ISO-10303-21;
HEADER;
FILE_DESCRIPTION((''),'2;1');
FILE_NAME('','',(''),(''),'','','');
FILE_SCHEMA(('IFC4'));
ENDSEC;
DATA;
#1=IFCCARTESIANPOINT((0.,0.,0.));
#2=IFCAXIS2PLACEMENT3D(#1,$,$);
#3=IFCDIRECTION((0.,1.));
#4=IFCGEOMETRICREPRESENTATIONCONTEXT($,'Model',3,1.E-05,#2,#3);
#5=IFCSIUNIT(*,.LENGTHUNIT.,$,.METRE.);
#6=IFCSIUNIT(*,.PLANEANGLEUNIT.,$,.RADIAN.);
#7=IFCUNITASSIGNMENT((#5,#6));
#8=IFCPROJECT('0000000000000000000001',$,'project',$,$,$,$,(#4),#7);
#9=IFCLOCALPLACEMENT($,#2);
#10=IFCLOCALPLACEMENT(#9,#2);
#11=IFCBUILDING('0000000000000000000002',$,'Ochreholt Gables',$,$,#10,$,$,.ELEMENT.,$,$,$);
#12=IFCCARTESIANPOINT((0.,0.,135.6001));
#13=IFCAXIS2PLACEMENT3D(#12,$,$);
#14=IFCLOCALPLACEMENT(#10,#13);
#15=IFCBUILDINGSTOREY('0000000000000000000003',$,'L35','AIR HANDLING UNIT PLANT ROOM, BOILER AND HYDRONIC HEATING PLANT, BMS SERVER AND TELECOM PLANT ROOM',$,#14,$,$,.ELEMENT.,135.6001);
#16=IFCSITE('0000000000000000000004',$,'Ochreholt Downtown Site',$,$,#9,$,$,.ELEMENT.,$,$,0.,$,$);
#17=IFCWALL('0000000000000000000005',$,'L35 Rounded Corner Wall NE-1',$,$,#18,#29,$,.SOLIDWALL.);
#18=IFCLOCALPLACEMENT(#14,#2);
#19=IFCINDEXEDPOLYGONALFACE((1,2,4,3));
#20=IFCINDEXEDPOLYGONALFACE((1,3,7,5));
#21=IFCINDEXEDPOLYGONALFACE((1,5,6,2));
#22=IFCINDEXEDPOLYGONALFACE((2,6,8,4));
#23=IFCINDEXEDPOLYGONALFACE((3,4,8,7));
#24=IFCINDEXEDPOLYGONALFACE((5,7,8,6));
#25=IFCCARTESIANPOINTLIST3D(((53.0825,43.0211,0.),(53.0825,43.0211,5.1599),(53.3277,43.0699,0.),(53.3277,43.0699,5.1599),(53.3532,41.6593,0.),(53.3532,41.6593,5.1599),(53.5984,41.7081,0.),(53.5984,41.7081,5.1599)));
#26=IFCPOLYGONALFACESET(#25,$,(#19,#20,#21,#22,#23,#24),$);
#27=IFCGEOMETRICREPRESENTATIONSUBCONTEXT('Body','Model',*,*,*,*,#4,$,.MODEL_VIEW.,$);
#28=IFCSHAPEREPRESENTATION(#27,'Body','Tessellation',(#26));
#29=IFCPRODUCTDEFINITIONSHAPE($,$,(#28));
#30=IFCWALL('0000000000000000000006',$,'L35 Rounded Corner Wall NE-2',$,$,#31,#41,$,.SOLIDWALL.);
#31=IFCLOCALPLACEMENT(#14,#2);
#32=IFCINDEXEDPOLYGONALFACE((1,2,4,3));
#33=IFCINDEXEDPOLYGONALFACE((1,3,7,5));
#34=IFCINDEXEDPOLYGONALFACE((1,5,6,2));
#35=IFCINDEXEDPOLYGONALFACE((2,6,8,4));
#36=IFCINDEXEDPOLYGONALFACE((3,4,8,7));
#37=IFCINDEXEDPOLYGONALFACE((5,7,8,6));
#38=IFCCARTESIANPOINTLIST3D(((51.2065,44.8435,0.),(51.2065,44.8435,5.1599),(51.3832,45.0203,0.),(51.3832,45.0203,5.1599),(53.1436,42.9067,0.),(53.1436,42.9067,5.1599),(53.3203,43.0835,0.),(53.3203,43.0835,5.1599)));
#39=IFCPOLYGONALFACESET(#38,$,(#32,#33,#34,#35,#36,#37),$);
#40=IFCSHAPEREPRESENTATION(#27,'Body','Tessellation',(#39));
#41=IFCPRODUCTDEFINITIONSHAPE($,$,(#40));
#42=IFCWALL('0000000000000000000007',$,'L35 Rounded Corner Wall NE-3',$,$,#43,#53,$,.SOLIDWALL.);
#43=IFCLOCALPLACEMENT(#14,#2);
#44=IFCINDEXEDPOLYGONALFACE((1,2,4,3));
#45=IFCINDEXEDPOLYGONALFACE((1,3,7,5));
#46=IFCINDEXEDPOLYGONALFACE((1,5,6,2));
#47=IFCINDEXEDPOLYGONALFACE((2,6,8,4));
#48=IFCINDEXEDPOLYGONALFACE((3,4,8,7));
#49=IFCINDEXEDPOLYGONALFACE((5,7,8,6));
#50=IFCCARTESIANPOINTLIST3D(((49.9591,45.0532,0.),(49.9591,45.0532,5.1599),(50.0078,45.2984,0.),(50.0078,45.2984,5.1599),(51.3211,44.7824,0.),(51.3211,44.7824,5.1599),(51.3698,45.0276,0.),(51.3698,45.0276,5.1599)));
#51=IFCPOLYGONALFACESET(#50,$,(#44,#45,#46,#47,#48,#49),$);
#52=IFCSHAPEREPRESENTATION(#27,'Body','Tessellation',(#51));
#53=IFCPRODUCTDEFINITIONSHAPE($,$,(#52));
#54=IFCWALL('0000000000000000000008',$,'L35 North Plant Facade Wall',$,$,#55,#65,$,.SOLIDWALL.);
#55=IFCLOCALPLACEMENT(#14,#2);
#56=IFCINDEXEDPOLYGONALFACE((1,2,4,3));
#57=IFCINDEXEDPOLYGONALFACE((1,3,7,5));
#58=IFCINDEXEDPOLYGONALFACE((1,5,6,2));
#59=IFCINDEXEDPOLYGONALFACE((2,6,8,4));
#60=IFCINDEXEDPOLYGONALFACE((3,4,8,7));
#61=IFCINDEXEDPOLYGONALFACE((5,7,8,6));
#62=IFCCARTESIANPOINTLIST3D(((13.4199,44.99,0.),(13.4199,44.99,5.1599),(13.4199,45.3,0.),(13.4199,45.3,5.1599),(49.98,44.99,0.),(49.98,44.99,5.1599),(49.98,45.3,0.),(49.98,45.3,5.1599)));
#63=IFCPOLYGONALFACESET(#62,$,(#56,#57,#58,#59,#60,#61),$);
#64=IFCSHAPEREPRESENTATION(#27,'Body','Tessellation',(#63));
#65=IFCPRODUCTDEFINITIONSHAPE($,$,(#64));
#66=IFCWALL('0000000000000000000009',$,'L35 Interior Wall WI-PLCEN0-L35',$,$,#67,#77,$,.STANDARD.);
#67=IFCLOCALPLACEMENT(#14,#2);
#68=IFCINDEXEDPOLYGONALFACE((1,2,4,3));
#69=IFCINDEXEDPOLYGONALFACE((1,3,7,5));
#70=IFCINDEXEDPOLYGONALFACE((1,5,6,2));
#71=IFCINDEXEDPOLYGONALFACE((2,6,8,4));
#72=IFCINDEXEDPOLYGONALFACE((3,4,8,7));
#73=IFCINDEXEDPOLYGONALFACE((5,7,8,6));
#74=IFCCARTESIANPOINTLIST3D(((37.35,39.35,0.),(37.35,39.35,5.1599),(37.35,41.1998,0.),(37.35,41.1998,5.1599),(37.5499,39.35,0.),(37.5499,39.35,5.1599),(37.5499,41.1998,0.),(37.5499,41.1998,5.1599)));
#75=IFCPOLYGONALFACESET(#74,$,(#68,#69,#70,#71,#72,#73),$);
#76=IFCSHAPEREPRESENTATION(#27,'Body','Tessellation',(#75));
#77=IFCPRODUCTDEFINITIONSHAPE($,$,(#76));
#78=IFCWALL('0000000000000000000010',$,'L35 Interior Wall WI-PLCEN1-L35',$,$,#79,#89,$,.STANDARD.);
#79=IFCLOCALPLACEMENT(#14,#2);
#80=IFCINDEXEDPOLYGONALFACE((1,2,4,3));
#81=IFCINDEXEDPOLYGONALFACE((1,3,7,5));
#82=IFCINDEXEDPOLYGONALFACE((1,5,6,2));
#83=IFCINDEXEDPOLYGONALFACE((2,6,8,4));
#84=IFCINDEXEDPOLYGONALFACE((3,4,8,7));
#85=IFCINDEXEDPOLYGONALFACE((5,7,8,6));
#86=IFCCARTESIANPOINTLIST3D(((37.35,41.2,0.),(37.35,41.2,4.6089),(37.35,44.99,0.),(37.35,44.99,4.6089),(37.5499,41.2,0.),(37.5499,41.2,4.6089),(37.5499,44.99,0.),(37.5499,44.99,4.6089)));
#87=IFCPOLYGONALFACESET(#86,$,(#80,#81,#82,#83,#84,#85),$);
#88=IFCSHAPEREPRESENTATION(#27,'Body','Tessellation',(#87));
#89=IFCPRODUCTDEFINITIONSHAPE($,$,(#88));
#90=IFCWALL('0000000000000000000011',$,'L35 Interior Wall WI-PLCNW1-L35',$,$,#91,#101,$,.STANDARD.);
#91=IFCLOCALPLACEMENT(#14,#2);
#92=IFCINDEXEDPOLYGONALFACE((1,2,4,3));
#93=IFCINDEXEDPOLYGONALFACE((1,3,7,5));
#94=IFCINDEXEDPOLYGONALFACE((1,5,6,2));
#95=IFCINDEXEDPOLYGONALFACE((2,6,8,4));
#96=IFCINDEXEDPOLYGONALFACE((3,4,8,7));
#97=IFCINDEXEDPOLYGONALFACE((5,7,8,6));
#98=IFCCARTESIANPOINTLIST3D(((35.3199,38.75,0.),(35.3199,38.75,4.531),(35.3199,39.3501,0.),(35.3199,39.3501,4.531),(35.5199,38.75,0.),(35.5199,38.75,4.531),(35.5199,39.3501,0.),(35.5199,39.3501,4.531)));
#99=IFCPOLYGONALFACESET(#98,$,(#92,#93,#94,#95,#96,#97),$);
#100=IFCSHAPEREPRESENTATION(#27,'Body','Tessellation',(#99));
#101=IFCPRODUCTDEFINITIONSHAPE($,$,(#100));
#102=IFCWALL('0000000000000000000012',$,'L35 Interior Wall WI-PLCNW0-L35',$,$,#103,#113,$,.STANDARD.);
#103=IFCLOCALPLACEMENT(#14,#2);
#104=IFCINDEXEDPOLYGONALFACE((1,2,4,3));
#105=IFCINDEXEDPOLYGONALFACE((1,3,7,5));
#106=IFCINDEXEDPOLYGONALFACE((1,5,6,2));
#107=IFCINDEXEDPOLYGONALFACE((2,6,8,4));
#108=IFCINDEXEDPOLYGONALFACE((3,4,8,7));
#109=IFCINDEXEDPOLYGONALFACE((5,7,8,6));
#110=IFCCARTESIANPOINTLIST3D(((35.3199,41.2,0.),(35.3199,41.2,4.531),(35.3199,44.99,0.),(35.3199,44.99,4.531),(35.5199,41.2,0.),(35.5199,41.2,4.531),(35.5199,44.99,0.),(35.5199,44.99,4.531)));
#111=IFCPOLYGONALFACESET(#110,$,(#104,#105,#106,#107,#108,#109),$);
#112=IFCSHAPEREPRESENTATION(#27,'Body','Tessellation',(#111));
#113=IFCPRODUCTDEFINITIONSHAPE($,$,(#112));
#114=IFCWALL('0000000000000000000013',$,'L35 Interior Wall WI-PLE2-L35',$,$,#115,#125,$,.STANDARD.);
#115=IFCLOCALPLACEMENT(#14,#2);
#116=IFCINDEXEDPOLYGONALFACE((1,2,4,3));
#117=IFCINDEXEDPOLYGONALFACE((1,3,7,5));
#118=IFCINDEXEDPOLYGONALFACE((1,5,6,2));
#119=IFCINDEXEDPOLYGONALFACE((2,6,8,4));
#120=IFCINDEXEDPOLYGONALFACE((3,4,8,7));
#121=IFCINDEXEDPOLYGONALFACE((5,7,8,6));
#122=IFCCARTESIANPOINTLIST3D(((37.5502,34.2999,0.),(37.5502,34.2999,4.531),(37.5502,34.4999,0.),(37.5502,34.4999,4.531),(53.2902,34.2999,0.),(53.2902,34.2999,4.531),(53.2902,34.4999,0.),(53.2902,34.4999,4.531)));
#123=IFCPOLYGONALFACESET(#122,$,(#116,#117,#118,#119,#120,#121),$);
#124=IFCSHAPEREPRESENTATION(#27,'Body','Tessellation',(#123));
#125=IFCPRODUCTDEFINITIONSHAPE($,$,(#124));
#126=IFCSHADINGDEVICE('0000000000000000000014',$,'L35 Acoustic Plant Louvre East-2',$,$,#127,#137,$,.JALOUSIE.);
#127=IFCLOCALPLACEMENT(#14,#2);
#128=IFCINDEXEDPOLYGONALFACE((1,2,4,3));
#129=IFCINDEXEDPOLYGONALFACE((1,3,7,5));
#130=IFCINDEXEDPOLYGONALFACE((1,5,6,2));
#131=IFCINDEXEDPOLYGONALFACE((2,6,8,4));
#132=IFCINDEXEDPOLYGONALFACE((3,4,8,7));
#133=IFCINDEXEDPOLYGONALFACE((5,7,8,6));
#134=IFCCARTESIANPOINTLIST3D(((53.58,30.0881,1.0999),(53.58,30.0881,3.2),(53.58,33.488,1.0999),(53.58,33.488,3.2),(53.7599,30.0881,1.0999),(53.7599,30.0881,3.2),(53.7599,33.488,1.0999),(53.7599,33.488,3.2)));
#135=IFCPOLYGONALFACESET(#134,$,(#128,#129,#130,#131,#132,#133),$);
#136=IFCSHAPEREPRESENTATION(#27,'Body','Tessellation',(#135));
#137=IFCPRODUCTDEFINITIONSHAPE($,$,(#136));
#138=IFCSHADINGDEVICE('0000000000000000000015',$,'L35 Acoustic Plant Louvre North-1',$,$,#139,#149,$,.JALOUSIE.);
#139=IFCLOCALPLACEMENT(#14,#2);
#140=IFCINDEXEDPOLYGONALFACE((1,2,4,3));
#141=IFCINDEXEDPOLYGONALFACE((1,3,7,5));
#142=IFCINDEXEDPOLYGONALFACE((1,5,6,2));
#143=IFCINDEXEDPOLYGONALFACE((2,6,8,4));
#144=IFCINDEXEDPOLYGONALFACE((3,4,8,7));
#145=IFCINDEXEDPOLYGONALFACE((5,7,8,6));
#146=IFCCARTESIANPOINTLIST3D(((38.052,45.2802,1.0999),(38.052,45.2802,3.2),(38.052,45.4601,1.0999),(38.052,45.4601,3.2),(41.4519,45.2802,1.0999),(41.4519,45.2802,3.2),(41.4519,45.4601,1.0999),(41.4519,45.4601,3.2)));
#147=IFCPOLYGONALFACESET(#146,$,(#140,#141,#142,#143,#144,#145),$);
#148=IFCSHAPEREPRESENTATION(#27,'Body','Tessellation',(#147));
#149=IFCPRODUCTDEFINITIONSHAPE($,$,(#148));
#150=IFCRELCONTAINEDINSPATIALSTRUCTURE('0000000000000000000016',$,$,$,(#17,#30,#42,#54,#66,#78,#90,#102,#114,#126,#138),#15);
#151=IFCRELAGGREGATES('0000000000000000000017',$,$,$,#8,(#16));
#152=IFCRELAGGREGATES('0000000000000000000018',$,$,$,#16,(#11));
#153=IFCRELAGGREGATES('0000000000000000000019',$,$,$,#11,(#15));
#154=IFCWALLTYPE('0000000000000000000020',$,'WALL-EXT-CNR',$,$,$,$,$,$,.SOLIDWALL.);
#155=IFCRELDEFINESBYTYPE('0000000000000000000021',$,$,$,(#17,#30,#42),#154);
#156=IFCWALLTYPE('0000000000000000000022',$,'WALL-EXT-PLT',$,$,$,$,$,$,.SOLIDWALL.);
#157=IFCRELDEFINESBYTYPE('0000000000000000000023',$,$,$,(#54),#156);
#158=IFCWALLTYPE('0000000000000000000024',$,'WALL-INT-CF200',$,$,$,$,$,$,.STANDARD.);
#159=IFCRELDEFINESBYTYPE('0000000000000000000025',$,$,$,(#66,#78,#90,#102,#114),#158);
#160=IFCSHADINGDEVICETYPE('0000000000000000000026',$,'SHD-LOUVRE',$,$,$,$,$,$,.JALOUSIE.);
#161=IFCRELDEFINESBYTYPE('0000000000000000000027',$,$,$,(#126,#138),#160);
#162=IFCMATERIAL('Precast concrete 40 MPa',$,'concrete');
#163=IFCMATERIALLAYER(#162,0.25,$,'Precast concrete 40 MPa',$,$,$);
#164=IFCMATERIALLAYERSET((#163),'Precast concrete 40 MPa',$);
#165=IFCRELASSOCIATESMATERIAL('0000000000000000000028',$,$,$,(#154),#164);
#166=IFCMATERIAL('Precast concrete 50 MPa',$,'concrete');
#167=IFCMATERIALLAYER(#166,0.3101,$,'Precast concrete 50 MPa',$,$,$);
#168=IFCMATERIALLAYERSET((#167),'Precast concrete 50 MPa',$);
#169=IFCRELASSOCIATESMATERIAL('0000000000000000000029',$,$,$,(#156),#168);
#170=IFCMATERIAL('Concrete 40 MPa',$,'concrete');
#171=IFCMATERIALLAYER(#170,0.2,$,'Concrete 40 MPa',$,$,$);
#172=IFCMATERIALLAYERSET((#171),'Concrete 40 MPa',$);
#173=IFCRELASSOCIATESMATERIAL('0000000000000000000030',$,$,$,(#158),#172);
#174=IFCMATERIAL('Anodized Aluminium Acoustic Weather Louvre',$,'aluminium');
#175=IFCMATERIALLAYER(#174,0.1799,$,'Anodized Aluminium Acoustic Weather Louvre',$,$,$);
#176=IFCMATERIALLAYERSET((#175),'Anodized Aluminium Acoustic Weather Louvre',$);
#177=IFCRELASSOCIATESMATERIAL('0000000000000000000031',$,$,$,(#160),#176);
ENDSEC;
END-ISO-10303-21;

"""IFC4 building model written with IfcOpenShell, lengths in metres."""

from ifc_helpers import new_model, si_unit, direction, frame, frame_2d, origin, origin_2d, place, context, subcontext, project, spatial, rectangle, extrude, material, layer, layer_set, type_object, element, save


model = new_model("IFC4")

# Units and contexts
model_context = context("Model", 3, precision=1e-05, world=origin(), true_north=direction((0.0, 1.0)))
body_context = subcontext(model_context, "Body", "Model", "MODEL_VIEW")
ifc_project = project(units=[si_unit("LENGTHUNIT", "METRE"), si_unit("PLANEANGLEUNIT", "RADIAN")], contexts=[model_context])

# Site, building, storey
site_placement = place(None, origin())
site = spatial("IfcSite", under=ifc_project, at=site_placement, Name="Ochreholt Downtown Site", CompositionType="ELEMENT", RefElevation=0.0)
building_placement = place(site_placement, origin())
building = spatial("IfcBuilding", under=site, at=building_placement, Name="Ochreholt Gables", CompositionType="ELEMENT")
storey_placement = place(building_placement, frame((0.0, 0.0, 135.6001)))
storey = spatial("IfcBuildingStorey", under=building, at=storey_placement, Name="L35", Description="AIR HANDLING UNIT PLANT ROOM, BOILER AND HYDRONIC HEATING PLANT, BMS SERVER AND TELECOM PLANT ROOM", CompositionType="ELEMENT", Elevation=135.6001)

# Walls
ifc_material_1 = material(Name="Precast concrete 40 MPa", Category="concrete")
ifc_layer_1 = layer(ifc_material_1, 0.25, Name="Precast concrete 40 MPa")
ifc_layer_set_1 = layer_set([ifc_layer_1], Name="Precast concrete 40 MPa")
wall_type_1 = type_object("IfcWallType", Name="WALL-EXT-CNR", PredefinedType="SOLIDWALL", material=ifc_layer_set_1)
wall_1_placement = place(storey_placement, frame((53.4758, 41.6836, 0.0), z_axis=(0.0, 0.0, 1.0), x_axis=(-0.195, 0.980803, 0.0)))
element("IfcWall", 1, at=wall_1_placement, inside=storey, type_object=wall_type_1, Name="L35 Rounded Corner Wall NE-1", PredefinedType="SOLIDWALL", context=body_context, shape_type="SweptSolid", body=[
    extrude(rectangle(XDim=1.3884, YDim=0.25, at=frame_2d((0.6943, 0.0))), origin(), (0.0, 0.0, 1.0), 5.1599),
])
wall_2_placement = place(storey_placement, frame((53.2319, 42.9951, 0.0), z_axis=(0.0, 0.0, 1.0), x_axis=(-0.707151, 0.707062, 0.0)))
element("IfcWall", 2, at=wall_2_placement, inside=storey, type_object=wall_type_1, Name="L35 Rounded Corner Wall NE-2", PredefinedType="SOLIDWALL", context=body_context, shape_type="SweptSolid", body=[
    extrude(rectangle(XDim=2.7393, YDim=0.25, at=frame_2d((1.3696, 0.0))), origin(), (0.0, 0.0, 1.0), 5.1599),
])
wall_3_placement = place(storey_placement, frame((51.3455, 44.905, 0.0), z_axis=(0.0, 0.0, 1.0), x_axis=(-0.98081, 0.194967, 0.0)))
element("IfcWall", 3, at=wall_3_placement, inside=storey, type_object=wall_type_1, Name="L35 Rounded Corner Wall NE-3", PredefinedType="SOLIDWALL", context=body_context, shape_type="SweptSolid", body=[
    extrude(rectangle(XDim=1.3887, YDim=0.25, at=frame_2d((0.6943, 0.0))), origin(), (0.0, 0.0, 1.0), 5.1599),
])
ifc_material_2 = material(Name="Precast concrete 50 MPa", Category="concrete")
ifc_layer_2 = layer(ifc_material_2, 0.3101, Name="Precast concrete 50 MPa")
ifc_layer_set_2 = layer_set([ifc_layer_2], Name="Precast concrete 50 MPa")
wall_type_2 = type_object("IfcWallType", Name="WALL-EXT-PLT", PredefinedType="SOLIDWALL", material=ifc_layer_set_2)
wall_4_placement = place(storey_placement, frame((49.98, 45.145, 0.0), z_axis=(0.0, 0.0, 1.0), x_axis=(-1.0, 0.0, 0.0)))
element("IfcWall", 4, at=wall_4_placement, inside=storey, type_object=wall_type_2, Name="L35 North Plant Facade Wall", PredefinedType="SOLIDWALL", context=body_context, shape_type="SweptSolid", body=[
    extrude(rectangle(XDim=36.5601, YDim=0.3101, at=frame_2d((18.28, 0.0))), origin(), (0.0, 0.0, 1.0), 5.1599),
])
ifc_material_3 = material(Name="Concrete 40 MPa", Category="concrete")
ifc_layer_3 = layer(ifc_material_3, 0.2, Name="Concrete 40 MPa")
ifc_layer_set_3 = layer_set([ifc_layer_3], Name="Concrete 40 MPa")
wall_type_3 = type_object("IfcWallType", Name="WALL-INT-CF200", PredefinedType="STANDARD", material=ifc_layer_set_3)
wall_5_placement = place(storey_placement, frame((37.45, 39.3501, 0.0), z_axis=(0.0, 0.0, 1.0), x_axis=(0.0, 1.0, 0.0)))
element("IfcWall", 5, at=wall_5_placement, inside=storey, type_object=wall_type_3, Name="L35 Interior Wall WI-PLCEN0-L35", PredefinedType="STANDARD", context=body_context, shape_type="SweptSolid", body=[
    extrude(rectangle(XDim=1.8499, YDim=0.2, at=frame_2d((0.9248, 0.0))), origin(), (0.0, 0.0, 1.0), 5.1599),
])
wall_6_placement = place(storey_placement, frame((37.45, 41.2, 0.0), z_axis=(0.0, 0.0, 1.0), x_axis=(0.0, 1.0, 0.0)))
element("IfcWall", 6, at=wall_6_placement, inside=storey, type_object=wall_type_3, Name="L35 Interior Wall WI-PLCEN1-L35", PredefinedType="STANDARD", context=body_context, shape_type="SweptSolid", body=[
    extrude(rectangle(XDim=3.79, YDim=0.2, at=frame_2d((1.895, 0.0))), origin(), (0.0, 0.0, 1.0), 4.6089),
])
wall_7_placement = place(storey_placement, frame((35.4199, 38.75, 0.0), z_axis=(0.0, 0.0, 1.0), x_axis=(0.0, 1.0, 0.0)))
element("IfcWall", 7, at=wall_7_placement, inside=storey, type_object=wall_type_3, Name="L35 Interior Wall WI-PLCNW1-L35", PredefinedType="STANDARD", context=body_context, shape_type="SweptSolid", body=[
    extrude(rectangle(XDim=0.6001, YDim=0.2, at=frame_2d((0.3, 0.0))), origin(), (0.0, 0.0, 1.0), 4.531),
])
wall_8_placement = place(storey_placement, frame((35.4199, 41.2, 0.0), z_axis=(0.0, 0.0, 1.0), x_axis=(0.0, 1.0, 0.0)))
element("IfcWall", 8, at=wall_8_placement, inside=storey, type_object=wall_type_3, Name="L35 Interior Wall WI-PLCNW0-L35", PredefinedType="STANDARD", context=body_context, shape_type="SweptSolid", body=[
    extrude(rectangle(XDim=3.79, YDim=0.2, at=frame_2d((1.895, 0.0))), origin(), (0.0, 0.0, 1.0), 4.531),
])
wall_9_placement = place(storey_placement, frame((37.55, 34.3999, 0.0), z_axis=(0.0, 0.0, 1.0), x_axis=(1.0, 0.0, 0.0)))
element("IfcWall", 9, at=wall_9_placement, inside=storey, type_object=wall_type_3, Name="L35 Interior Wall WI-PLE2-L35", PredefinedType="STANDARD", context=body_context, shape_type="SweptSolid", body=[
    extrude(rectangle(XDim=15.74, YDim=0.2, at=frame_2d((7.8701, 0.0))), origin(), (0.0, 0.0, 1.0), 4.531),
])

# Shading devices
ifc_material_4 = material(Name="Anodized Aluminium Acoustic Weather Louvre", Category="aluminium")
ifc_layer_4 = layer(ifc_material_4, 0.1799, Name="Anodized Aluminium Acoustic Weather Louvre")
ifc_layer_set_4 = layer_set([ifc_layer_4], Name="Anodized Aluminium Acoustic Weather Louvre")
shading_device_type = type_object("IfcShadingDeviceType", Name="SHD-LOUVRE", PredefinedType="JALOUSIE", material=ifc_layer_set_4)
for number, where, z_axis, x_axis, name in (
    (10, (53.6699, 31.7881, 1.0999), (0.0, 0.0, 1.0), (0.0, 1.0, 0.0), "L35 Acoustic Plant Louvre East-2"),
    (11, (39.752, 45.3701, 1.0999), (0.0, 0.0, 1.0), (-1.0, 0.0, 0.0), "L35 Acoustic Plant Louvre North-1"),
):
    element("IfcShadingDevice", number, at=place(storey_placement, frame(where, z_axis=z_axis, x_axis=x_axis)), inside=storey, type_object=shading_device_type, Name=name, PredefinedType="JALOUSIE", context=body_context, shape_type="SweptSolid", body=[
        extrude(rectangle(XDim=3.3999, YDim=0.1799, at=origin_2d()), origin(), (0.0, 0.0, 1.0), 2.1001),
    ])

save(model, "model.ifc")
